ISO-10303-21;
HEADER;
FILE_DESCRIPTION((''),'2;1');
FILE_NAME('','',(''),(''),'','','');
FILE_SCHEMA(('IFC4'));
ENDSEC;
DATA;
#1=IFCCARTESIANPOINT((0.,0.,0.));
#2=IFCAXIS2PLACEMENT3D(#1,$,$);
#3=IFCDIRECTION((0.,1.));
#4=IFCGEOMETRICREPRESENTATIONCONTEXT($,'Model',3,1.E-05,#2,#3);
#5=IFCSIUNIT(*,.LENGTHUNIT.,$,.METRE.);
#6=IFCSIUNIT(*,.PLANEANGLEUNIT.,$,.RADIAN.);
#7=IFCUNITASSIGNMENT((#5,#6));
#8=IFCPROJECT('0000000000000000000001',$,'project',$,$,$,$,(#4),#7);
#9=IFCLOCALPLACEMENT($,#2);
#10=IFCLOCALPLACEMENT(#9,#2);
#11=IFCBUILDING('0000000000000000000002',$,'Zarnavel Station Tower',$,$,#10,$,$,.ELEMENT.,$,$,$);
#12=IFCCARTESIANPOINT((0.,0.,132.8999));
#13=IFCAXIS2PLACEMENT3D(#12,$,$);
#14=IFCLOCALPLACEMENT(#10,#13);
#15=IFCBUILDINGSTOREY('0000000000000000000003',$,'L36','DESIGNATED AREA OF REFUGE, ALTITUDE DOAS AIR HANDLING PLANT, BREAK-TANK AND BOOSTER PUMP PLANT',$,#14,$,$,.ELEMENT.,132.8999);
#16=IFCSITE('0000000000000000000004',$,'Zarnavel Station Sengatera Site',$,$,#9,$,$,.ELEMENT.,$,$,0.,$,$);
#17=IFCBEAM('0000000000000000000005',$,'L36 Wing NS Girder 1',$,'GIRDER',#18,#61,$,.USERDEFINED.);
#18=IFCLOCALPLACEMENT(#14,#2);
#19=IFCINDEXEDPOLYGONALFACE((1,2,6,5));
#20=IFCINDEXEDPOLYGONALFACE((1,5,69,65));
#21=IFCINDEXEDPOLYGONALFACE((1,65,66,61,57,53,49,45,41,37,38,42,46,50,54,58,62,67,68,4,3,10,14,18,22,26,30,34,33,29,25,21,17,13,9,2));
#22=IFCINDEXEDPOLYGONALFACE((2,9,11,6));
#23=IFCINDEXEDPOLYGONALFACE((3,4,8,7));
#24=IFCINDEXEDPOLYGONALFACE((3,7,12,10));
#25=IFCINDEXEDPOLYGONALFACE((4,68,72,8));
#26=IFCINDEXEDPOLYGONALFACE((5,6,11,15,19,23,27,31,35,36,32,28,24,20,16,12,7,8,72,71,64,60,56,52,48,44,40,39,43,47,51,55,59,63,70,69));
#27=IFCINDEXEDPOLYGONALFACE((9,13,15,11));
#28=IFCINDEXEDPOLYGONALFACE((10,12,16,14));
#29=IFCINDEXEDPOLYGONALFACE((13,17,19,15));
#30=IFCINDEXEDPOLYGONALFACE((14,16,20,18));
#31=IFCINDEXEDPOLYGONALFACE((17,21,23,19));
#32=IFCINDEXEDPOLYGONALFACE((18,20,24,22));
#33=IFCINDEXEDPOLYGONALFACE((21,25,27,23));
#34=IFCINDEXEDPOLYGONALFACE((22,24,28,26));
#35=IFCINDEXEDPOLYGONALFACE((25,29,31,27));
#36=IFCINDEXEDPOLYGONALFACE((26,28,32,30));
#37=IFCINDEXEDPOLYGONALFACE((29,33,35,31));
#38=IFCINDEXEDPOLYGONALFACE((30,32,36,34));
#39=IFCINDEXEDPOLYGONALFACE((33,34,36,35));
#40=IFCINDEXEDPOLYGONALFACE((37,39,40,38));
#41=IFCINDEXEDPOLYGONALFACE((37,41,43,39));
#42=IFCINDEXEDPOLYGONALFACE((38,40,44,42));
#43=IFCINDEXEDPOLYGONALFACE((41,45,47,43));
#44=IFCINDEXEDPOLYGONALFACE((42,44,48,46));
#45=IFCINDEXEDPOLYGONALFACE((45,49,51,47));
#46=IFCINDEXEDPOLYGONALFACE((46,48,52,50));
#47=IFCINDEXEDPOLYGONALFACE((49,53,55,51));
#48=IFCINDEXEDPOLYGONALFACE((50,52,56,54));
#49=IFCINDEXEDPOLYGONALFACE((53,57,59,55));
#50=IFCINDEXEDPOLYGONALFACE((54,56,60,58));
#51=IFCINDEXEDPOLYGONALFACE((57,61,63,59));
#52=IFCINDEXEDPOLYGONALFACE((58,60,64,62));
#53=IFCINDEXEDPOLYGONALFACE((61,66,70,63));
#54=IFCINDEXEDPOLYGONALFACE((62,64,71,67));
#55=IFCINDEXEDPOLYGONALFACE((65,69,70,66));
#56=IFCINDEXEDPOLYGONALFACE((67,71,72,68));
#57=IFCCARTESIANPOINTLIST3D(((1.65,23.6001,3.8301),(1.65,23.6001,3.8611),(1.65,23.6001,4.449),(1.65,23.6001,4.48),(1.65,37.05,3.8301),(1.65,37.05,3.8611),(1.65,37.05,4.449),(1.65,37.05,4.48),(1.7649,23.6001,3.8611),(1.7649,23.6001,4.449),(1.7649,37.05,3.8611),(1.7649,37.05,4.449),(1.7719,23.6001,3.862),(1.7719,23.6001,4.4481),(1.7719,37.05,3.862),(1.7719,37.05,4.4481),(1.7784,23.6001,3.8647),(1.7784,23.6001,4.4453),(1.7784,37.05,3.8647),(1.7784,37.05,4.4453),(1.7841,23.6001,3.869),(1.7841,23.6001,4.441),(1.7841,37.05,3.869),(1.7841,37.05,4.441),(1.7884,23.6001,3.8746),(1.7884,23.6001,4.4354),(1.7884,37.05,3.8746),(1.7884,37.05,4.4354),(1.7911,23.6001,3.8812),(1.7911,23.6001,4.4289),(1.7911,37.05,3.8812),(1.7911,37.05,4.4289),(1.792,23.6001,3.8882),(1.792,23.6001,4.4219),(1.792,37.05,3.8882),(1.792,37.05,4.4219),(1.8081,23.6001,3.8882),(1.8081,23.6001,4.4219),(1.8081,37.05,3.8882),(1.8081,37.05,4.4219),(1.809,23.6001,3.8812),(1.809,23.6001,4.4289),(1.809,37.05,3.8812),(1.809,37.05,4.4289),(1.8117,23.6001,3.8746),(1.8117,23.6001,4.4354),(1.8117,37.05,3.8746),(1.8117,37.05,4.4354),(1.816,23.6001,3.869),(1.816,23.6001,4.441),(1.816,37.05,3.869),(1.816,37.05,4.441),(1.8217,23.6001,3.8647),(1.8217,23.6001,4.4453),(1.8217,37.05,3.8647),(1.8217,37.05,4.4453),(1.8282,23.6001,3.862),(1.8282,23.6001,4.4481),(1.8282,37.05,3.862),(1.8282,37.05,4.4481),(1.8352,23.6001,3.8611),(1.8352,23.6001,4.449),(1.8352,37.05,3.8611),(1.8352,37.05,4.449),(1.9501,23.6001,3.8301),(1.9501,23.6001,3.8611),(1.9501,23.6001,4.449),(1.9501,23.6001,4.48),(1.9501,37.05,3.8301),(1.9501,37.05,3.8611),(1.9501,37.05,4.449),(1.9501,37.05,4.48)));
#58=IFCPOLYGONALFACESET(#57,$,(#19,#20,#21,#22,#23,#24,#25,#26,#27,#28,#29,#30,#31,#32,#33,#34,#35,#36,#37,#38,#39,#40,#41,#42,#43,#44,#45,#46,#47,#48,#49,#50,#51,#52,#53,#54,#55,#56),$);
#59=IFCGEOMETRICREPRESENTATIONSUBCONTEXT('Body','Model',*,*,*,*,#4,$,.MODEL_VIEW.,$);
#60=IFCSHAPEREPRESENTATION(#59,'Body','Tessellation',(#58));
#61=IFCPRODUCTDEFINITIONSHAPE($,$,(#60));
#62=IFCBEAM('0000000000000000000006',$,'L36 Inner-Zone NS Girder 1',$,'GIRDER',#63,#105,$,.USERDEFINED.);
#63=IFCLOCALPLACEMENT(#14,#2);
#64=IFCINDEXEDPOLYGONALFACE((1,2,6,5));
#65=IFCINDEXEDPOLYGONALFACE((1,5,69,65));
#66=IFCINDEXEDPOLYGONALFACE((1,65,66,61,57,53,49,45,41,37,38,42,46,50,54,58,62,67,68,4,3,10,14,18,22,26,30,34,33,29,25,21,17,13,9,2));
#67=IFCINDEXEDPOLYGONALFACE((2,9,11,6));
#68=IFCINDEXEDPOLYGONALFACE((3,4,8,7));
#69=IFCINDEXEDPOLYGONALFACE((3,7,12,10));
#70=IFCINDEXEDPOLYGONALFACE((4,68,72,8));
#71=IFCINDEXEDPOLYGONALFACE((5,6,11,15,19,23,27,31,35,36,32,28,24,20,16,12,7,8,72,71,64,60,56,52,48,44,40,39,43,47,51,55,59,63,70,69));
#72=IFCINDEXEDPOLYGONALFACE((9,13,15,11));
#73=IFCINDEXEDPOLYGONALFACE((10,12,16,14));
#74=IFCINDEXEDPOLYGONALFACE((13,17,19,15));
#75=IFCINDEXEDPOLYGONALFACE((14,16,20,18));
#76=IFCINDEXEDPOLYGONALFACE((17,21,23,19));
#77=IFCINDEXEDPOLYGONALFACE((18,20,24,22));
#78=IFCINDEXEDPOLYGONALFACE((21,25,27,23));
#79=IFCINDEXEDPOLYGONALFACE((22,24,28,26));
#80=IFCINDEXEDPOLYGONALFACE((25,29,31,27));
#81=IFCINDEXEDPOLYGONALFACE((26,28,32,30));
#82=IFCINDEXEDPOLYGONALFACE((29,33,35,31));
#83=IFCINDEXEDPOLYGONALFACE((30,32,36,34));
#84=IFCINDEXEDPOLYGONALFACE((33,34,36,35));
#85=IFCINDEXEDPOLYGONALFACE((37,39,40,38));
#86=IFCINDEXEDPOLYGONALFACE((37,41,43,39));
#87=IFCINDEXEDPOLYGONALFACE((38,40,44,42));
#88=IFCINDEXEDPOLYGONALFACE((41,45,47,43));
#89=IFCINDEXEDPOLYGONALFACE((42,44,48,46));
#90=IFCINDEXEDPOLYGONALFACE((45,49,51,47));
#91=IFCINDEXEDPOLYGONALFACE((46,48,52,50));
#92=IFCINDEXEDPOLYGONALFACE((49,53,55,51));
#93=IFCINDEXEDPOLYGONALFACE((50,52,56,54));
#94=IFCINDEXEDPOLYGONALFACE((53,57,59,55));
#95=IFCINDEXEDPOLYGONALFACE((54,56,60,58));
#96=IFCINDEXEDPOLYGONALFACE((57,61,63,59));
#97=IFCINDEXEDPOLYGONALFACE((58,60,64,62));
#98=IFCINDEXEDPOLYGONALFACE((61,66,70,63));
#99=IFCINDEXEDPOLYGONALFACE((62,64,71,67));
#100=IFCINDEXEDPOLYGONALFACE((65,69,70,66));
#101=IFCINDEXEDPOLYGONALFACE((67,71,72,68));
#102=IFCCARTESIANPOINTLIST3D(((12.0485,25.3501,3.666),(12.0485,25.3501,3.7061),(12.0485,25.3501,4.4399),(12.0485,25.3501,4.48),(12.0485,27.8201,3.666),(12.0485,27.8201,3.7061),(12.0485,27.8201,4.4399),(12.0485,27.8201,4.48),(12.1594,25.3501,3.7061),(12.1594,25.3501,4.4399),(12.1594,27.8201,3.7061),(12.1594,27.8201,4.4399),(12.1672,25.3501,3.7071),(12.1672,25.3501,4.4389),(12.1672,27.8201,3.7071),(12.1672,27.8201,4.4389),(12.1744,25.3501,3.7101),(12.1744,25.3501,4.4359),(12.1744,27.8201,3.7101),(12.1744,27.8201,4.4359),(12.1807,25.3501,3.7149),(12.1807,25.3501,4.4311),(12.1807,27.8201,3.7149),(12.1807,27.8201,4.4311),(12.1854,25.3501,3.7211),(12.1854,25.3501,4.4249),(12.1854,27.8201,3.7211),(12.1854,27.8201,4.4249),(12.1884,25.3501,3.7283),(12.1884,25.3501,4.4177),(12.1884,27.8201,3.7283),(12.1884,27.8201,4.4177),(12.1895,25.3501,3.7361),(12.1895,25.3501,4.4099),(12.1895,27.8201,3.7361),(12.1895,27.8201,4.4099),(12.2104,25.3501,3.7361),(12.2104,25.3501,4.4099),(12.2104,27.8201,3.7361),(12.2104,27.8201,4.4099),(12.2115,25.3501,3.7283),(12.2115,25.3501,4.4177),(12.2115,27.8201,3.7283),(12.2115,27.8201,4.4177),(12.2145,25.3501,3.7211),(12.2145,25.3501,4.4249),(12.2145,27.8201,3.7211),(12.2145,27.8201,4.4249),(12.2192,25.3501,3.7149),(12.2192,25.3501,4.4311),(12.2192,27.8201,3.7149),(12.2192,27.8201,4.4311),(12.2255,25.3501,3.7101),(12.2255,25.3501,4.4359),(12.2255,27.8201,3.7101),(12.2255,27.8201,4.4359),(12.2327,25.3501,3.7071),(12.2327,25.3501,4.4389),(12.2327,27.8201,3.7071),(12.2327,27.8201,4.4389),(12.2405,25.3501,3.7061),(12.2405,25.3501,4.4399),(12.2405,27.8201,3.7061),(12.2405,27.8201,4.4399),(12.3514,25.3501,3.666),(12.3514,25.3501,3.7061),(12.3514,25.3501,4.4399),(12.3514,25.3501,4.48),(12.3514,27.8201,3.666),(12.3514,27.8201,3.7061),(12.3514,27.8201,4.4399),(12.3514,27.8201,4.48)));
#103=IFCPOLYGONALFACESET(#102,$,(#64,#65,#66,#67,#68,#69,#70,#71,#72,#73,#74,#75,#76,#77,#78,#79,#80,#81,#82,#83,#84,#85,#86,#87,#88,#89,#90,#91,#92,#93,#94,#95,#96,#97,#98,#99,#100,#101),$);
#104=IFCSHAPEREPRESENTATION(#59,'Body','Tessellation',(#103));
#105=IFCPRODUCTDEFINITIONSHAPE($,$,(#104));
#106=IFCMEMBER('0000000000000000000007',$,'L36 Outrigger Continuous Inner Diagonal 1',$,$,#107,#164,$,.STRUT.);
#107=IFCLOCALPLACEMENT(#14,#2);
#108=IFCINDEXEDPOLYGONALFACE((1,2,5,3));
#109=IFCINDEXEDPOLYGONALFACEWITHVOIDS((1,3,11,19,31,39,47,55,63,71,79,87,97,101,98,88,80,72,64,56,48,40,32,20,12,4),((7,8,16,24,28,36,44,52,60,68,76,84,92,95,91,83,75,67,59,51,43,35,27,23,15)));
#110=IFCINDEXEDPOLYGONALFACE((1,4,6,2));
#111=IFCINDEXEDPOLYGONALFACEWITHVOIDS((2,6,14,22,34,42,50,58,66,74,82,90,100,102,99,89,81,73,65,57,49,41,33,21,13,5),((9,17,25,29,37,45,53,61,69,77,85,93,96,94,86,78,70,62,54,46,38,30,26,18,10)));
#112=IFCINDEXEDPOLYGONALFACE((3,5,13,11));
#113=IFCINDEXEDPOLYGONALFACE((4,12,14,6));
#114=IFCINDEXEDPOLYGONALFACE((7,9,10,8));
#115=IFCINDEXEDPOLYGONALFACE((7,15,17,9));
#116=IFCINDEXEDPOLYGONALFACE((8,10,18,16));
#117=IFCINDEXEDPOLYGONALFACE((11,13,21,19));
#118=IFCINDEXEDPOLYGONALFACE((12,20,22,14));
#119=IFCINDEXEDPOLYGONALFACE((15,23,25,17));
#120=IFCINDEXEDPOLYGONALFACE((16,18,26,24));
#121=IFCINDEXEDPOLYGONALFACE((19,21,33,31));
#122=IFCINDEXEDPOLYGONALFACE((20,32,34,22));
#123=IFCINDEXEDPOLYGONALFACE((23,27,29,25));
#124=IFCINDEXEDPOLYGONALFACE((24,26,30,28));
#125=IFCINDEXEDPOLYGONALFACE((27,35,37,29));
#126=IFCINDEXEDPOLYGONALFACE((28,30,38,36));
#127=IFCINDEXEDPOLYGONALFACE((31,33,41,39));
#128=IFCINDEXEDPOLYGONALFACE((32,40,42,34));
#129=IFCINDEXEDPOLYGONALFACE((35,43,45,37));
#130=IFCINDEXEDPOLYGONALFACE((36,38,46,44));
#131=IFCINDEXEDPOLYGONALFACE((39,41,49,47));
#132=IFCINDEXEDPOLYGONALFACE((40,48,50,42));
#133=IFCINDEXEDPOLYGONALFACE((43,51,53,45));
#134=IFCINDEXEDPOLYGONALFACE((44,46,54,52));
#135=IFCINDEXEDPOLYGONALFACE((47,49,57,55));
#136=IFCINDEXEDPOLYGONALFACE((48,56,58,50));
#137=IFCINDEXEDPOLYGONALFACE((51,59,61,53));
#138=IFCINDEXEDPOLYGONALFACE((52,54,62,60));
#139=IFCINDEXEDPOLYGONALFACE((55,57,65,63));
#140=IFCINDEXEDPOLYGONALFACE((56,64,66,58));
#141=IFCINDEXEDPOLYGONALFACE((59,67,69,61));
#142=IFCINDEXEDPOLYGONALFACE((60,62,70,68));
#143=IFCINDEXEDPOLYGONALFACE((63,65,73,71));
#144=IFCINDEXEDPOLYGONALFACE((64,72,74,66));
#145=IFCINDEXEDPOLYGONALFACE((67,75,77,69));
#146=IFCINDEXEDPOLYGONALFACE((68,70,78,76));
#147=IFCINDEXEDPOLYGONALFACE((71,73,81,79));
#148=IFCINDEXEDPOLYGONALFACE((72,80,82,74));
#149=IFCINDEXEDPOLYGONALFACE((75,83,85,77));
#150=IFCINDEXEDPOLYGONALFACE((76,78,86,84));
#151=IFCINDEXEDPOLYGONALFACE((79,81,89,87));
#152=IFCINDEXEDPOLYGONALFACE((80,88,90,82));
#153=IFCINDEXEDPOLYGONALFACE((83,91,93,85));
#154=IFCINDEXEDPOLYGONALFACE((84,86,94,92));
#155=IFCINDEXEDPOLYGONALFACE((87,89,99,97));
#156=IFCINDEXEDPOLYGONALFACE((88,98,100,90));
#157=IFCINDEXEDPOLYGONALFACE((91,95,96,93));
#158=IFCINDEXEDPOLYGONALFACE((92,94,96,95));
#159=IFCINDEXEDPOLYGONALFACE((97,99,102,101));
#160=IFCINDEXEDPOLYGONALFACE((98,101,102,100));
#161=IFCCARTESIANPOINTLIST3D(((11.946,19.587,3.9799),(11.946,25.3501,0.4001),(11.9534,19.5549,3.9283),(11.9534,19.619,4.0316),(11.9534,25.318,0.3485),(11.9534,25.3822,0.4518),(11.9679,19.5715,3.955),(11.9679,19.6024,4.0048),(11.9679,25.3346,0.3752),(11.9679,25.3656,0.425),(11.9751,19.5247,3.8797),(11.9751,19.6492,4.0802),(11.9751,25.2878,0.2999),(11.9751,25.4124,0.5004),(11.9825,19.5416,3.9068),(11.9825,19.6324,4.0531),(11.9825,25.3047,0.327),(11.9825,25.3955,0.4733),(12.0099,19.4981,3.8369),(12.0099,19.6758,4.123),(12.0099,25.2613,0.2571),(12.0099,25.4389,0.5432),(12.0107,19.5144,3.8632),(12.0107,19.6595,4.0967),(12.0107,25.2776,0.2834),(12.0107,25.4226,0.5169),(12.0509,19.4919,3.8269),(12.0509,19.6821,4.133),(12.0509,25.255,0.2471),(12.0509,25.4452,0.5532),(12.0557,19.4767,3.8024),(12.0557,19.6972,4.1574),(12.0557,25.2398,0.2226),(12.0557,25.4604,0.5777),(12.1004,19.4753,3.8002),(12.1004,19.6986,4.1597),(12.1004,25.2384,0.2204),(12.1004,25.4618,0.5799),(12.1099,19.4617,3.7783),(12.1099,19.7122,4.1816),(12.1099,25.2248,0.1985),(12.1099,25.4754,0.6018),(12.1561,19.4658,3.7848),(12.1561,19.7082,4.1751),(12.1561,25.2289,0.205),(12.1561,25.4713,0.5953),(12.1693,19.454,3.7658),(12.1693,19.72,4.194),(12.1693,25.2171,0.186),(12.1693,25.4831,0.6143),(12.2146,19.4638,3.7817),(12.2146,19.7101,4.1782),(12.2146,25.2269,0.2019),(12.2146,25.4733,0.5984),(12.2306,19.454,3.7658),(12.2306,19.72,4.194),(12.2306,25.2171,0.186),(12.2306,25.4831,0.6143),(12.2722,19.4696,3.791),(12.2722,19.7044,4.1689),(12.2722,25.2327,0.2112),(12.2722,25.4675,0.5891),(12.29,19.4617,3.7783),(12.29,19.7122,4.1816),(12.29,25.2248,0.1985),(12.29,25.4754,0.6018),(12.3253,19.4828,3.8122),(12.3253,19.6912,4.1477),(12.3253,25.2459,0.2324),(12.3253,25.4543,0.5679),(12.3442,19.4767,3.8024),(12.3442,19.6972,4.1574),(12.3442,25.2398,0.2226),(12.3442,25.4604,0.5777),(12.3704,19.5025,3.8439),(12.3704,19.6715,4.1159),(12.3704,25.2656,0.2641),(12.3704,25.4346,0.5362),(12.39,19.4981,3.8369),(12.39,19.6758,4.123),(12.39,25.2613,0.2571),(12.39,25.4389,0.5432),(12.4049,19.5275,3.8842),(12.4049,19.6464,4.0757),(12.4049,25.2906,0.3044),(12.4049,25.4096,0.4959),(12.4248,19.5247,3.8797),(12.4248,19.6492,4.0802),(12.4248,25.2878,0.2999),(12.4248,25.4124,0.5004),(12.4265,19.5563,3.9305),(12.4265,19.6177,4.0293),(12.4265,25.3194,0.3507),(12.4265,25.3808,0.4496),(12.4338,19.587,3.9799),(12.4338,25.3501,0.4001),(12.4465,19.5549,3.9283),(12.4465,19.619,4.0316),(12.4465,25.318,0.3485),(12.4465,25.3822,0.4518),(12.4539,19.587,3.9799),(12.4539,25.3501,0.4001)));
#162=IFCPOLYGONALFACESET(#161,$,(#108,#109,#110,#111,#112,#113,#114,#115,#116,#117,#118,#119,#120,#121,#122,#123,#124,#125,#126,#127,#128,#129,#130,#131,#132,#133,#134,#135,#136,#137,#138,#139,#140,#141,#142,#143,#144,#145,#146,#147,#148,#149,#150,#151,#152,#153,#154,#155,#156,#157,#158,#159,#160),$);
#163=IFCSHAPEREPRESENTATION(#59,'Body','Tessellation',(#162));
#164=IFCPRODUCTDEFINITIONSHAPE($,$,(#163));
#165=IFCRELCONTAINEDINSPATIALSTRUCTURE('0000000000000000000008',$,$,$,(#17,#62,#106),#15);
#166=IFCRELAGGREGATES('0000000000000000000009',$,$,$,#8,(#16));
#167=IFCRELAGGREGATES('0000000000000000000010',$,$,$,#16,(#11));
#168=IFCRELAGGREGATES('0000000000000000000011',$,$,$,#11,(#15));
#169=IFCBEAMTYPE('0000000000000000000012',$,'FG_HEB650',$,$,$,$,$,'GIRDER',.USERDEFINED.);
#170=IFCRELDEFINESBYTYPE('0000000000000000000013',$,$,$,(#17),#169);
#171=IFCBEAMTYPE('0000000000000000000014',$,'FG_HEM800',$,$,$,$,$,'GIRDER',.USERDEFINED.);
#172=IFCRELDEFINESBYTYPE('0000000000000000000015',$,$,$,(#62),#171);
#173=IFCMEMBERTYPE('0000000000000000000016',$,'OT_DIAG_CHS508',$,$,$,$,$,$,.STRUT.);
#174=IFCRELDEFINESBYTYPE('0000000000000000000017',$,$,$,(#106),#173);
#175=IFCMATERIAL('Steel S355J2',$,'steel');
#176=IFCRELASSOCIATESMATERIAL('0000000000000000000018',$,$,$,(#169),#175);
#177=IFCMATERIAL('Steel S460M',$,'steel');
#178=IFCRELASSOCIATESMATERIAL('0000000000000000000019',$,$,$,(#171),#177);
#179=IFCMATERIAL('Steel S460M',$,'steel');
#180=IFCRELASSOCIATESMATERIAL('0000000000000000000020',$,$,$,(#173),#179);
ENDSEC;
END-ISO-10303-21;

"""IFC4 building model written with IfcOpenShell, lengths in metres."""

from ifc_helpers import new_model, si_unit, direction, frame, origin, origin_2d, place, context, subcontext, project, spatial, hollow_circle, i_section, extrude, material, material_profile, profile_set, type_object, element, save


model = new_model("IFC4")

# Units and contexts
model_context = context("Model", 3, precision=1e-05, world=origin(), true_north=direction((0.0, 1.0)))
body_context = subcontext(model_context, "Body", "Model", "MODEL_VIEW")
ifc_project = project(units=[si_unit("LENGTHUNIT", "METRE"), si_unit("PLANEANGLEUNIT", "RADIAN")], contexts=[model_context])

# Site, building, storey
site_placement = place(None, origin())
site = spatial("IfcSite", under=ifc_project, at=site_placement, Name="Zarnavel Station Sengatera Site", CompositionType="ELEMENT", RefElevation=0.0)
building_placement = place(site_placement, origin())
building = spatial("IfcBuilding", under=site, at=building_placement, Name="Zarnavel Station Tower", CompositionType="ELEMENT")
storey_placement = place(building_placement, frame((0.0, 0.0, 132.8999)))
storey = spatial("IfcBuildingStorey", under=building, at=storey_placement, Name="L36", Description="DESIGNATED AREA OF REFUGE, ALTITUDE DOAS AIR HANDLING PLANT, BREAK-TANK AND BOOSTER PUMP PLANT", CompositionType="ELEMENT", Elevation=132.8999)

# Beams
ifc_material_1 = material(Name="Steel S355J2", Category="steel")
ifc_material_profile_1 = material_profile(ifc_material_1, i_section(OverallWidth=0.3, OverallDepth=0.6499, WebThickness=0.0161, FlangeThickness=0.031, FilletRadius=0.0271, at=origin_2d()), Name="HEB650")
ifc_profile_set_1 = profile_set([ifc_material_profile_1], Name="Steel S355J2")
beam_type_1 = type_object("IfcBeamType", Name="FG_HEB650", ElementType="GIRDER", PredefinedType="USERDEFINED", material=ifc_profile_set_1)
beam_1_placement = place(storey_placement, frame((1.8, 23.6001, 4.155), z_axis=(0.0, 1.0, 0.0), x_axis=(-1.0, 0.0, 0.0)))
element("IfcBeam", 1, at=beam_1_placement, inside=storey, type_object=beam_type_1, Name="L36 Wing NS Girder 1", ObjectType="GIRDER", PredefinedType="USERDEFINED", context=body_context, shape_type="SweptSolid", body=[
    extrude(i_section(OverallWidth=0.3, OverallDepth=0.6499, WebThickness=0.0161, FlangeThickness=0.031, FilletRadius=0.0271, at=origin_2d()), origin(), (0.0, 0.0, 1.0), 13.45),
])
ifc_material_2 = material(Name="Steel S460M", Category="steel")
ifc_material_profile_2 = material_profile(ifc_material_2, i_section(OverallWidth=0.303, OverallDepth=0.814, WebThickness=0.021, FlangeThickness=0.04, FilletRadius=0.03, at=origin_2d()), Name="HEM800")
ifc_profile_set_2 = profile_set([ifc_material_profile_2], Name="Steel S460M")
beam_type_2 = type_object("IfcBeamType", Name="FG_HEM800", ElementType="GIRDER", PredefinedType="USERDEFINED", material=ifc_profile_set_2)
beam_2_placement = place(storey_placement, frame((12.2, 25.3501, 4.073), z_axis=(0.0, 1.0, 0.0), x_axis=(-1.0, 0.0, 0.0)))
element("IfcBeam", 2, at=beam_2_placement, inside=storey, type_object=beam_type_2, Name="L36 Inner-Zone NS Girder 1", ObjectType="GIRDER", PredefinedType="USERDEFINED", context=body_context, shape_type="SweptSolid", body=[
    extrude(i_section(OverallWidth=0.303, OverallDepth=0.814, WebThickness=0.021, FlangeThickness=0.04, FilletRadius=0.03, at=origin_2d()), origin(), (0.0, 0.0, 1.0), 2.47),
])

# Member
ifc_material_3 = material(Name="Steel S460M", Category="steel")
ifc_material_profile_3 = material_profile(ifc_material_3, hollow_circle(Radius=0.2539, WallThickness=0.02, at=origin_2d()), Name="CHS508x20")
ifc_profile_set_3 = profile_set([ifc_material_profile_3], Name="Steel S460M")
member_type = type_object("IfcMemberType", Name="OT_DIAG_CHS508", PredefinedType="STRUT", material=ifc_profile_set_3)
member_1_placement = place(storey_placement, frame((12.2, 25.3501, 0.4001), z_axis=(0.0, -0.849463, 0.527649), x_axis=(1.0, 0.0, 0.0)))
element("IfcMember", 3, at=member_1_placement, inside=storey, type_object=member_type, Name="L36 Outrigger Continuous Inner Diagonal 1", PredefinedType="STRUT", context=body_context, shape_type="SweptSolid", body=[
    extrude(hollow_circle(Radius=0.2539, WallThickness=0.02, at=origin_2d()), origin(), (0.0, 0.0, 1.0), 6.7844),
])

save(model, "model.ifc")
